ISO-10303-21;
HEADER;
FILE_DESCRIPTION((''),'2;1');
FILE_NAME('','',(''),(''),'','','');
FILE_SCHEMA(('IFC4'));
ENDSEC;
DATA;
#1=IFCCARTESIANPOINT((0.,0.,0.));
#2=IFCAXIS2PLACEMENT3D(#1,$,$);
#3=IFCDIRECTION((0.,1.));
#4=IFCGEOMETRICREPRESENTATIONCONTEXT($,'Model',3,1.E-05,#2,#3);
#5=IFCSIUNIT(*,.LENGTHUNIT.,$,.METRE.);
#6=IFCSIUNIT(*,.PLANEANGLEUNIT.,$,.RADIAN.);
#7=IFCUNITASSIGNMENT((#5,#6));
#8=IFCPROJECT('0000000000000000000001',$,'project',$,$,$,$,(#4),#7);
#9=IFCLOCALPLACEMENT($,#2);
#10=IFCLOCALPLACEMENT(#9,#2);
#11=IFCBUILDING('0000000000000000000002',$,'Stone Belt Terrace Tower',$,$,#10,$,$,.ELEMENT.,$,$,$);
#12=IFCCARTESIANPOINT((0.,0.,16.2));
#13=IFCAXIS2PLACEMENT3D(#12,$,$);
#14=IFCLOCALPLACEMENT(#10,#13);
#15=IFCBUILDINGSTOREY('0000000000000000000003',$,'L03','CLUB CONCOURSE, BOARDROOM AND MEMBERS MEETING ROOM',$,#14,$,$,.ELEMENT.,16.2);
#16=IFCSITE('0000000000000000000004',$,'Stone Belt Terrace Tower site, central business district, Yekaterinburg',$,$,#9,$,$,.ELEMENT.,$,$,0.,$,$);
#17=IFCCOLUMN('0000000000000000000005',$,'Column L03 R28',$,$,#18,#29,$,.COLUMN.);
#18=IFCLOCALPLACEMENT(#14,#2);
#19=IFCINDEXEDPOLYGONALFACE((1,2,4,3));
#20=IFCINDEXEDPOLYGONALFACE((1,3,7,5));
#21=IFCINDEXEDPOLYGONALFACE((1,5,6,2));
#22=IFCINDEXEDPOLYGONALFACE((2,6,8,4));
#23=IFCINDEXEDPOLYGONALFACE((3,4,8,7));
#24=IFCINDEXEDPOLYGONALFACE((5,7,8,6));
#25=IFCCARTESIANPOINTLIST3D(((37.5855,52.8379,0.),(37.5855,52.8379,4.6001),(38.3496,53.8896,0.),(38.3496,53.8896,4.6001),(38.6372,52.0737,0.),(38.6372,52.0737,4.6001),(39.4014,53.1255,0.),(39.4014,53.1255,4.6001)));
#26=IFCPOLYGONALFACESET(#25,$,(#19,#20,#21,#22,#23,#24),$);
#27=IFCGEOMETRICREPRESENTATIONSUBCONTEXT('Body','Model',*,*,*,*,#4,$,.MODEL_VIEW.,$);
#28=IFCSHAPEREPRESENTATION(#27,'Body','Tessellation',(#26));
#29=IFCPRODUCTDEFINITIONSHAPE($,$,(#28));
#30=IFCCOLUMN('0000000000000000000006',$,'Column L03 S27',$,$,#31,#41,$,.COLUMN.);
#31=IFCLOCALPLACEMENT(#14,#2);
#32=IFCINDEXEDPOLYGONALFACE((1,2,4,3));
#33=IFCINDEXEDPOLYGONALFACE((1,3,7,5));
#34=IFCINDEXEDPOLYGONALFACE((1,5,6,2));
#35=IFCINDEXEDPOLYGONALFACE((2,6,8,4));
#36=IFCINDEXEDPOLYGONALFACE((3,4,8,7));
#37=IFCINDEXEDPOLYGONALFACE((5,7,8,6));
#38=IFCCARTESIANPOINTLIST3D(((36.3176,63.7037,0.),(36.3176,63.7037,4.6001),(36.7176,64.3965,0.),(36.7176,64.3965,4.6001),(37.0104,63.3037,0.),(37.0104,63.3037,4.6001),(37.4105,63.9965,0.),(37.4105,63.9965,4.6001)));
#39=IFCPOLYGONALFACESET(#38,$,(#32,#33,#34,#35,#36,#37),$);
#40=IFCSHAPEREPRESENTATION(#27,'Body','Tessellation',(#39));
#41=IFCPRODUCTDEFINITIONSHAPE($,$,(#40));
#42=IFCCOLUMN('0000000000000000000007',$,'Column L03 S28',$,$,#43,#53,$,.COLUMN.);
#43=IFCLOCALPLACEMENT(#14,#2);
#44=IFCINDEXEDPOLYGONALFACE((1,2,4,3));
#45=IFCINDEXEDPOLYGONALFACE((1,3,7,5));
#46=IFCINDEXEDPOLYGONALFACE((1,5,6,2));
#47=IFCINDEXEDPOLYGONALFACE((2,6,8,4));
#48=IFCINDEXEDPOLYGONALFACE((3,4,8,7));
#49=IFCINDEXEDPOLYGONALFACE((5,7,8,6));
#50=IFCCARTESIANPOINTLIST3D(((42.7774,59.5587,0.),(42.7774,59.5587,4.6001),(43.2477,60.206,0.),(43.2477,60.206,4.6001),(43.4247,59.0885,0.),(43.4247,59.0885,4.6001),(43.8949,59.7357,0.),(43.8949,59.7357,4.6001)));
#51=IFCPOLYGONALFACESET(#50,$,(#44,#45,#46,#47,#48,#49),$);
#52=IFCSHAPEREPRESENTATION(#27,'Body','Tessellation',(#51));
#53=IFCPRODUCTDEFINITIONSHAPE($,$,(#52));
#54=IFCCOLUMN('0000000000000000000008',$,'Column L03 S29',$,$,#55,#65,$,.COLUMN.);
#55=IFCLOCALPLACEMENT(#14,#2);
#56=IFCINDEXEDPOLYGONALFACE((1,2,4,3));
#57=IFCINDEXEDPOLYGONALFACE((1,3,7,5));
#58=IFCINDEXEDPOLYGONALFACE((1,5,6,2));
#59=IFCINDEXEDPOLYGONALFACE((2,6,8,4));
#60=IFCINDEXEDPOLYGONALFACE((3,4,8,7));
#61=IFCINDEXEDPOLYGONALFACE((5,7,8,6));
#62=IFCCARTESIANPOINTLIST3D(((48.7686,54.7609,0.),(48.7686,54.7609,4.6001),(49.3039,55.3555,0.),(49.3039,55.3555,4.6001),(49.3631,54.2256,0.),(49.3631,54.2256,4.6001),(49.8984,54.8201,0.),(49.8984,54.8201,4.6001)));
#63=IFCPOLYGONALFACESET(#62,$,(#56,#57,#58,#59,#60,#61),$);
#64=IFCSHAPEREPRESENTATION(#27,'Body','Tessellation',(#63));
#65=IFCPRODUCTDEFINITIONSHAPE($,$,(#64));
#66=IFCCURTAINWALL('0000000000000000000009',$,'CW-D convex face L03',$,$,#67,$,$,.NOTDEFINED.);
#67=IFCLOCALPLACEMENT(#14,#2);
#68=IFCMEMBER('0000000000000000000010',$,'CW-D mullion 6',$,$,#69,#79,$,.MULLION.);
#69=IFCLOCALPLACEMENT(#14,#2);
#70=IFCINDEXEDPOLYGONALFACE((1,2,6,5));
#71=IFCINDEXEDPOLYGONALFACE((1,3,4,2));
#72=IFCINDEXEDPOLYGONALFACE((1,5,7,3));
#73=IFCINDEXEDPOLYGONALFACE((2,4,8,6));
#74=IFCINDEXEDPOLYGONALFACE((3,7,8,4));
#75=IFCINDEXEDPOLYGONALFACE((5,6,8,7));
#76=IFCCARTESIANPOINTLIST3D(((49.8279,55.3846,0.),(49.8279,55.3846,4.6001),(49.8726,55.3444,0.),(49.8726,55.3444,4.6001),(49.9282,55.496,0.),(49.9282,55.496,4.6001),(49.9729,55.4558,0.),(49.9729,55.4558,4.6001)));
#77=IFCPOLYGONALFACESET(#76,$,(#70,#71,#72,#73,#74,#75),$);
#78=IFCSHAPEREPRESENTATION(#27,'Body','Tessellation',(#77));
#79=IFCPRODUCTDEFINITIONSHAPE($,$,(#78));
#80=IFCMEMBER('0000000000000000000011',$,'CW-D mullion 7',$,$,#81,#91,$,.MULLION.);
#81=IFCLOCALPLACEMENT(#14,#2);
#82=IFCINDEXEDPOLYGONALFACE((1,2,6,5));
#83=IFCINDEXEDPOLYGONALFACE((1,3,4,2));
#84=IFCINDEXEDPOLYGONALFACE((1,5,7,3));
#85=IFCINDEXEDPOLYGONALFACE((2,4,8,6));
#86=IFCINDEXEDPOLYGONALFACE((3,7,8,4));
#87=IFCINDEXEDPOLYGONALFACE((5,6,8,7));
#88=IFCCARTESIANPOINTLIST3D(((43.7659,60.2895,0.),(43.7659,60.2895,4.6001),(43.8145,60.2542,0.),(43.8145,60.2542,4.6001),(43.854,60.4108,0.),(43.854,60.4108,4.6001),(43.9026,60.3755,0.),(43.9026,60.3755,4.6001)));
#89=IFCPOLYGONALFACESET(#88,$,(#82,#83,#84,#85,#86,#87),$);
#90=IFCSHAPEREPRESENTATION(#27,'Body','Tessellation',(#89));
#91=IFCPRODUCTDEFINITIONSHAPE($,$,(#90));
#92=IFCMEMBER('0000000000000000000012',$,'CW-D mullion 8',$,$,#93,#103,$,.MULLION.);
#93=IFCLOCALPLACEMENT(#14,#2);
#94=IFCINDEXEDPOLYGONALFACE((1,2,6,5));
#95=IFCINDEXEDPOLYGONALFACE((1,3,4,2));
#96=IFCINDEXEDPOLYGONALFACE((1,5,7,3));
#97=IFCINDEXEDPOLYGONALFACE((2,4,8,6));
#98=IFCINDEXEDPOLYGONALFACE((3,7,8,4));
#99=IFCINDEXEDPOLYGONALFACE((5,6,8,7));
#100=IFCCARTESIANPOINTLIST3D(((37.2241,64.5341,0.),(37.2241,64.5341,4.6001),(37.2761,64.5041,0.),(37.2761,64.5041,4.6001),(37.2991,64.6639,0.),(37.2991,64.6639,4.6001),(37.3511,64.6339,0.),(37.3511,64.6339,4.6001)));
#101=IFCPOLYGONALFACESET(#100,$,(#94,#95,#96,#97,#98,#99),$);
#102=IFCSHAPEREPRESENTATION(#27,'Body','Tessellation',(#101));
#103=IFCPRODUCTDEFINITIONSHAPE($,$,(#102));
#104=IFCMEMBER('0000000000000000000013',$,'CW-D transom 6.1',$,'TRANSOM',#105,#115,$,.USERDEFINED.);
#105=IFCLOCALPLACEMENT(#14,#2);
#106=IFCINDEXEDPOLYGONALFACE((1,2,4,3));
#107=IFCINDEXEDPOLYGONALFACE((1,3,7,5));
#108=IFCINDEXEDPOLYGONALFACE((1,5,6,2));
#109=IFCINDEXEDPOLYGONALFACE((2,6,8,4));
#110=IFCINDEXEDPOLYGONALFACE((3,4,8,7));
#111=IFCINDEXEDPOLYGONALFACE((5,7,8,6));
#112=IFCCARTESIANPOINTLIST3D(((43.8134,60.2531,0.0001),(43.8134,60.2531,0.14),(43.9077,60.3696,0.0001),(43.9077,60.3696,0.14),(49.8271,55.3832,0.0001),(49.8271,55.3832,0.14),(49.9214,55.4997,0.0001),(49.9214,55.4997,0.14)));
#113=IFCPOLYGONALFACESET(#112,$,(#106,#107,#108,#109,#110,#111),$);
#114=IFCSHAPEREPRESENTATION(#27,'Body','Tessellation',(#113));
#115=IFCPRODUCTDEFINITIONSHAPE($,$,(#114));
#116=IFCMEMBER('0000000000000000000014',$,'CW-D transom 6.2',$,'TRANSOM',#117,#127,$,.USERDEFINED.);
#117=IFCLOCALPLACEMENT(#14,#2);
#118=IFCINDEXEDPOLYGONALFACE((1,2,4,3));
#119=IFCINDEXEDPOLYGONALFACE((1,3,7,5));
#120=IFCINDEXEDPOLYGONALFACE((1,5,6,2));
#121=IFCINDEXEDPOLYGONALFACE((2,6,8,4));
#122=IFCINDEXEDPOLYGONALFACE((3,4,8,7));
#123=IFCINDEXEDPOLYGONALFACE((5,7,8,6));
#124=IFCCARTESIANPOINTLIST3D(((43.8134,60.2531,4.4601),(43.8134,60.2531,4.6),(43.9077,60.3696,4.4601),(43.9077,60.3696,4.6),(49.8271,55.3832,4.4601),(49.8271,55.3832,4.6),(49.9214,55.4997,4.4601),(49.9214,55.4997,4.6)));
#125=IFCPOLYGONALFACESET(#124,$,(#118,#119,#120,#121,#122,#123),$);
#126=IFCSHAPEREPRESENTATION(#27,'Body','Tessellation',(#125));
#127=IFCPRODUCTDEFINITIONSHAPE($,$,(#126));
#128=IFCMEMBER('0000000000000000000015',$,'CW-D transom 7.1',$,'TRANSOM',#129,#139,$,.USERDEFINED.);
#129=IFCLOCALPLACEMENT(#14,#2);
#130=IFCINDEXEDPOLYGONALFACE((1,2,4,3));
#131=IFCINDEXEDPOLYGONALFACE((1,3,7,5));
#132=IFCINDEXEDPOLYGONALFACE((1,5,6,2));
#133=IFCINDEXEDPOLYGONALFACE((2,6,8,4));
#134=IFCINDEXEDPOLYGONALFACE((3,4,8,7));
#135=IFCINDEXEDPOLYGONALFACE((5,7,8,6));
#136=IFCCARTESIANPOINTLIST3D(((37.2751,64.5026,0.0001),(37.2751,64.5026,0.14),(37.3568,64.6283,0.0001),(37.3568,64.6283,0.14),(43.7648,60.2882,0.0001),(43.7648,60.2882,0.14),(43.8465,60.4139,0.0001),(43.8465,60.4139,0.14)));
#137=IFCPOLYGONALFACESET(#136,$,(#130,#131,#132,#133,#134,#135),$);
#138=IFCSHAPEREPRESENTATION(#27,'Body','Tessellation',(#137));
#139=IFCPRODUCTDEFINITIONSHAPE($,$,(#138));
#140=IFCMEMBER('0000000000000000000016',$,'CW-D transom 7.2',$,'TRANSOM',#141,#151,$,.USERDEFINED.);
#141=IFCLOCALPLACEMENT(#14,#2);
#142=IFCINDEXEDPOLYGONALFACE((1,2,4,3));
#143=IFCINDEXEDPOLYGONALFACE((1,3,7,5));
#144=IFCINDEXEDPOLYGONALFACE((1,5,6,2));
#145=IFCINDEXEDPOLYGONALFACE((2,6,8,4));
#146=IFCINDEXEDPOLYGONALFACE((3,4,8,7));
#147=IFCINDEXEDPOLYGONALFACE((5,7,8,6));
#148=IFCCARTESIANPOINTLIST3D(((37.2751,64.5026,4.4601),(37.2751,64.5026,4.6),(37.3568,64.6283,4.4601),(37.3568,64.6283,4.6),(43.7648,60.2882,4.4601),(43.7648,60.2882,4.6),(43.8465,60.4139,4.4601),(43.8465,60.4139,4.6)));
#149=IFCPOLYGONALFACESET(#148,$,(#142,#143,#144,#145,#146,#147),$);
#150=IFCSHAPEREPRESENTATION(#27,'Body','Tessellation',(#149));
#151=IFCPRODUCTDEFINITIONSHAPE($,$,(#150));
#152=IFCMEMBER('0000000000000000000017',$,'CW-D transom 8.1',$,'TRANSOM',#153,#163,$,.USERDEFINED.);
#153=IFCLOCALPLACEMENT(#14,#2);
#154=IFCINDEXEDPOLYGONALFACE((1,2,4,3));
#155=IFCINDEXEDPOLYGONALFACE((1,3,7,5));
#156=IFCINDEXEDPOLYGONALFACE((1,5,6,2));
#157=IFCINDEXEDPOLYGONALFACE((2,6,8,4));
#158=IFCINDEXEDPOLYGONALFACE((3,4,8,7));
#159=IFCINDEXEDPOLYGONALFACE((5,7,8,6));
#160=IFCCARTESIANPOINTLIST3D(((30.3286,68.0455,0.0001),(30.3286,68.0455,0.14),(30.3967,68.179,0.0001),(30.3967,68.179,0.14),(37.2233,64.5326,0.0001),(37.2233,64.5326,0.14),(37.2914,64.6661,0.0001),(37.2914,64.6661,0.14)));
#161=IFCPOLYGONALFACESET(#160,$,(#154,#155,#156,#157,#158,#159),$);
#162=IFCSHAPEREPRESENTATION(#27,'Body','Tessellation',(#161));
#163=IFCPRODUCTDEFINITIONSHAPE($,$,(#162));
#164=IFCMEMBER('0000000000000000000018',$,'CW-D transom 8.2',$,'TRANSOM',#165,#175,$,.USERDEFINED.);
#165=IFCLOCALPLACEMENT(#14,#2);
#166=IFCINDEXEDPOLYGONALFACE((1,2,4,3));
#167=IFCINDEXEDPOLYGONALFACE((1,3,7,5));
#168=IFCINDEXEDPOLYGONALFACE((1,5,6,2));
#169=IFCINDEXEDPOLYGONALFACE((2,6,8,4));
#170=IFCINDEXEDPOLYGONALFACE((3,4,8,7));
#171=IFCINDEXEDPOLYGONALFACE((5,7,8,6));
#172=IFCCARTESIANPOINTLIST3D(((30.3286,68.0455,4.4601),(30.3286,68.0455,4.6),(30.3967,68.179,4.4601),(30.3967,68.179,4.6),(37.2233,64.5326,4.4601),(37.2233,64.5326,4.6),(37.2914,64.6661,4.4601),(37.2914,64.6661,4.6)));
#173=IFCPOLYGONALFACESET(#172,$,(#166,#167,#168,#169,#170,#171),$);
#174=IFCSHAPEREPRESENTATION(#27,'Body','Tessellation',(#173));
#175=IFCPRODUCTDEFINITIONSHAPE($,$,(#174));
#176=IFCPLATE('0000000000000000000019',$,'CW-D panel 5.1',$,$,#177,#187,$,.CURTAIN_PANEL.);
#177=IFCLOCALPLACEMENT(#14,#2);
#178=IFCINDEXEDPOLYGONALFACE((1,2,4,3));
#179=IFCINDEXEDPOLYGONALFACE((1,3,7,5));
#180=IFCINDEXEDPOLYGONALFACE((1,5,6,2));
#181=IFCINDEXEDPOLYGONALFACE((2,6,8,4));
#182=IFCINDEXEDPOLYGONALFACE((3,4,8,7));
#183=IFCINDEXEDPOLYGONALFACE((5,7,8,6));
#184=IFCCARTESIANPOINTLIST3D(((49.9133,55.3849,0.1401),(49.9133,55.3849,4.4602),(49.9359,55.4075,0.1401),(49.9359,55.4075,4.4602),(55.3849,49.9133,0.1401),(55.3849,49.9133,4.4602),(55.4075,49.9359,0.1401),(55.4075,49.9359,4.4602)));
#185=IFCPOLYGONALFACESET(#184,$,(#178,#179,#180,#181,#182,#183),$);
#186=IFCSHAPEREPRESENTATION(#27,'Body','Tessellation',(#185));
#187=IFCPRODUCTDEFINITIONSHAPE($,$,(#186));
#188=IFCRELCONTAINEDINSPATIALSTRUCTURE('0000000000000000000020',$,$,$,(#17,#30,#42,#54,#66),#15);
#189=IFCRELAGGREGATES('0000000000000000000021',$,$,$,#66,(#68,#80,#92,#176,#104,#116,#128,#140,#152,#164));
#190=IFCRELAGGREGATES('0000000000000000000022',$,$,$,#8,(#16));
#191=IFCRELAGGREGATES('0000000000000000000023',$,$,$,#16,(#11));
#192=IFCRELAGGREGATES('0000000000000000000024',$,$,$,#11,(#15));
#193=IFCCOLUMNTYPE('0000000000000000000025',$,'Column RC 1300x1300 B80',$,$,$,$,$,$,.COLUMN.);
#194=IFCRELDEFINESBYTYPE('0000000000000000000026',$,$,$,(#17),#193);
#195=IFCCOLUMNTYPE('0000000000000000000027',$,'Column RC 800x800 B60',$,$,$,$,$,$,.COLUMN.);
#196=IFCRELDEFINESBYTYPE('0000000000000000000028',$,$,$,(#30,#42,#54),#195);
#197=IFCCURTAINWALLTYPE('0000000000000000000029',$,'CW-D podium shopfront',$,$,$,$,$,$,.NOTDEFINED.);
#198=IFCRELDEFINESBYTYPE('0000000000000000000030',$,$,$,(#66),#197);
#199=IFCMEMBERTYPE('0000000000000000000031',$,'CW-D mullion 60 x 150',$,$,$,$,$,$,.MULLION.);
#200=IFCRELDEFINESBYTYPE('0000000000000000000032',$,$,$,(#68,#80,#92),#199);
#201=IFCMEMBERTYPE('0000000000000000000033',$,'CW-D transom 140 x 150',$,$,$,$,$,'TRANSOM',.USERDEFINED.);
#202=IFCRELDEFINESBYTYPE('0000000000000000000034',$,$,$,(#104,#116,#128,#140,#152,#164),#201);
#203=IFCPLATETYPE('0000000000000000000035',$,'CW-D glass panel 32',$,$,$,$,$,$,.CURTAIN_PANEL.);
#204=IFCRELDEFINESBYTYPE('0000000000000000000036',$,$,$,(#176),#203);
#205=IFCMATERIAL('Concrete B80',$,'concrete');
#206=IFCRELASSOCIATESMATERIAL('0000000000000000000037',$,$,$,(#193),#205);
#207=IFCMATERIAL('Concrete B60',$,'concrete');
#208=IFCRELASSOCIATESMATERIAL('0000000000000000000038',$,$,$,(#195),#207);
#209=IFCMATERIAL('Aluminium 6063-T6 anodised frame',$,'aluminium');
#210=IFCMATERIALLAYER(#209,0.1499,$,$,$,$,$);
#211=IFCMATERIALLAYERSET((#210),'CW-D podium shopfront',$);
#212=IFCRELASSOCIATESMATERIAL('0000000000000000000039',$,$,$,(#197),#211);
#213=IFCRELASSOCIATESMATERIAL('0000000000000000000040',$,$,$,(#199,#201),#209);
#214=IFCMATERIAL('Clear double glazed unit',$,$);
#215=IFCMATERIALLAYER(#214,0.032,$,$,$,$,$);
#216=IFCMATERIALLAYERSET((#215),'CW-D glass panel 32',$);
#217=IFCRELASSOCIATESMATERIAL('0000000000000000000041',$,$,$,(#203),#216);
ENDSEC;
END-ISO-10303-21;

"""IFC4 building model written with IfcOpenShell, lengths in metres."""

from ifc_helpers import new_model, si_unit, direction, frame, origin, origin_2d, place, context, subcontext, project, spatial, rectangle, extrude, material, layer, layer_set, material_profile, profile_set, type_object, element, aggregate, save


model = new_model("IFC4")

# Units and contexts
model_context = context("Model", 3, precision=1e-05, world=origin(), true_north=direction((0.0, 1.0)))
body_context = subcontext(model_context, "Body", "Model", "MODEL_VIEW")
ifc_project = project(units=[si_unit("LENGTHUNIT", "METRE"), si_unit("PLANEANGLEUNIT", "RADIAN")], contexts=[model_context])

# Site, building, storey
site_placement = place(None, origin())
site = spatial("IfcSite", under=ifc_project, at=site_placement, Name="Stone Belt Terrace Tower site, central business district, Yekaterinburg", CompositionType="ELEMENT", RefElevation=0.0)
building_placement = place(site_placement, origin())
building = spatial("IfcBuilding", under=site, at=building_placement, Name="Stone Belt Terrace Tower", CompositionType="ELEMENT")
storey_placement = place(building_placement, frame((0.0, 0.0, 16.2)))
storey = spatial("IfcBuildingStorey", under=building, at=storey_placement, Name="L03", Description="CLUB CONCOURSE, BOARDROOM AND MEMBERS MEETING ROOM", CompositionType="ELEMENT", Elevation=16.2)

# Columns
ifc_material_1 = material(Name="Concrete B80", Category="concrete")
ifc_material_profile_1 = material_profile(ifc_material_1, rectangle(XDim=1.3, YDim=1.3, at=origin_2d()), Name="RC 1300x1300")
ifc_profile_set_1 = profile_set([ifc_material_profile_1], Name="Concrete B80")
column_type_1 = type_object("IfcColumnType", Name="Column RC 1300x1300 B80", PredefinedType="COLUMN", material=ifc_profile_set_1)
column_placement = place(storey_placement, frame((38.4934, 52.9817, 0.0), z_axis=(0.0, 0.0, 1.0), x_axis=(0.809017, -0.587785, 0.0)))
element("IfcColumn", 1, at=column_placement, inside=storey, type_object=column_type_1, Name="Column L03 R28", PredefinedType="COLUMN", context=body_context, shape_type="SweptSolid", body=[
    extrude(rectangle(XDim=1.3, YDim=1.3, at=origin_2d()), origin(), (0.0, 0.0, 1.0), 4.6001),
])
ifc_material_2 = material(Name="Concrete B60", Category="concrete")
ifc_material_profile_2 = material_profile(ifc_material_2, rectangle(XDim=0.8, YDim=0.8, at=origin_2d()), Name="RC 800x800")
ifc_profile_set_2 = profile_set([ifc_material_profile_2], Name="Concrete B60")
column_type_2 = type_object("IfcColumnType", Name="Column RC 800x800 B60", PredefinedType="COLUMN", material=ifc_profile_set_2)
for number, where, z_axis, x_axis, name in (
    (2, (36.864, 63.8501, 0.0), (0.0, 0.0, 1.0), (0.866025, -0.5, 0.0), "Column L03 S27"),
    (3, (43.3362, 59.6472, 0.0), (0.0, 0.0, 1.0), (0.809017, -0.587785, 0.0), "Column L03 S28"),
    (4, (49.3335, 54.7905, 0.0), (0.0, 0.0, 1.0), (0.743145, -0.669131, 0.0), "Column L03 S29"),
):
    element("IfcColumn", number, at=place(storey_placement, frame(where, z_axis=z_axis, x_axis=x_axis)), inside=storey, type_object=column_type_2, Name=name, PredefinedType="COLUMN", context=body_context, shape_type="SweptSolid", body=[
        extrude(rectangle(XDim=0.8, YDim=0.8, at=origin_2d()), origin(), (0.0, 0.0, 1.0), 4.6001),
    ])

# Curtain wall, members, plate
ifc_material_3 = material(Name="Aluminium 6063-T6 anodised frame", Category="aluminium")
ifc_layer_1 = layer(ifc_material_3, 0.1499)
ifc_layer_set_1 = layer_set([ifc_layer_1], Name="CW-D podium shopfront")
curtain_wall_type = type_object("IfcCurtainWallType", Name="CW-D podium shopfront", PredefinedType="NOTDEFINED", material=ifc_layer_set_1)
curtain_wall_placement = place(storey_placement, origin())
curtain_wall = element("IfcCurtainWall", 5, at=curtain_wall_placement, inside=storey, type_object=curtain_wall_type, Name="CW-D convex face L03", PredefinedType="NOTDEFINED")
ifc_material_profile_3 = material_profile(ifc_material_3, rectangle(XDim=0.1499, YDim=0.0601, at=origin_2d()), Name="Aluminium 6063-T6 60x150")
ifc_profile_set_3 = profile_set([ifc_material_profile_3], Name="Aluminium 6063-T6 anodised frame")
member_type_1 = type_object("IfcMemberType", Name="CW-D mullion 60 x 150", PredefinedType="MULLION", material=ifc_profile_set_3)
member_1_placement = place(storey_placement, frame((49.9004, 55.4202, 0.0), z_axis=(0.0, 0.0, 1.0), x_axis=(-0.669131, -0.743145, 0.0)))
member_1 = element("IfcMember", 6, at=member_1_placement, type_object=member_type_1, Name="CW-D mullion 6", PredefinedType="MULLION", context=body_context, shape_type="SweptSolid", body=[
    extrude(rectangle(XDim=0.1499, YDim=0.0601, at=origin_2d()), origin(), (0.0, 0.0, 1.0), 4.6001),
])
member_2_placement = place(storey_placement, frame((43.8342, 60.3325, 0.0), z_axis=(0.0, 0.0, 1.0), x_axis=(-0.587785, -0.809017, 0.0)))
member_2 = element("IfcMember", 7, at=member_2_placement, type_object=member_type_1, Name="CW-D mullion 7", PredefinedType="MULLION", context=body_context, shape_type="SweptSolid", body=[
    extrude(rectangle(XDim=0.1499, YDim=0.0601, at=origin_2d()), origin(), (0.0, 0.0, 1.0), 4.6001),
])
member_3_placement = place(storey_placement, frame((37.2876, 64.584, 0.0), z_axis=(0.0, 0.0, 1.0), x_axis=(-0.5, -0.866025, 0.0)))
member_3 = element("IfcMember", 8, at=member_3_placement, type_object=member_type_1, Name="CW-D mullion 8", PredefinedType="MULLION", context=body_context, shape_type="SweptSolid", body=[
    extrude(rectangle(XDim=0.1499, YDim=0.0601, at=origin_2d()), origin(), (0.0, 0.0, 1.0), 4.6001),
])
ifc_material_profile_4 = material_profile(ifc_material_3, rectangle(XDim=0.1499, YDim=0.1399, at=origin_2d()), Name="Aluminium 6063-T6 150x140")
ifc_profile_set_4 = profile_set([ifc_material_profile_4], Name="Aluminium 6063-T6 anodised frame")
member_type_2 = type_object("IfcMemberType", Name="CW-D transom 140 x 150", ElementType="TRANSOM", PredefinedType="USERDEFINED", material=ifc_profile_set_4)
member_4_placement = place(storey_placement, frame((49.8743, 55.4414, 0.0701), z_axis=(-0.77714, 0.629328, 0.0), x_axis=(-0.629328, -0.77714, 0.0)))
member_4 = element("IfcMember", 9, at=member_4_placement, type_object=member_type_2, Name="CW-D transom 6.1", ObjectType="TRANSOM", PredefinedType="USERDEFINED", context=body_context, shape_type="SweptSolid", body=[
    extrude(rectangle(XDim=0.1499, YDim=0.1399, at=origin_2d()), origin(), (0.0, 0.0, 1.0), 7.7383),
])
member_5_placement = place(storey_placement, frame((49.8743, 55.4414, 4.53), z_axis=(-0.77714, 0.629328, 0.0), x_axis=(-0.629328, -0.77714, 0.0)))
member_5 = element("IfcMember", 10, at=member_5_placement, type_object=member_type_2, Name="CW-D transom 6.2", ObjectType="TRANSOM", PredefinedType="USERDEFINED", context=body_context, shape_type="SweptSolid", body=[
    extrude(rectangle(XDim=0.1499, YDim=0.1399, at=origin_2d()), origin(), (0.0, 0.0, 1.0), 7.7383),
])
member_6_placement = place(storey_placement, frame((43.8057, 60.3511, 0.0701), z_axis=(-0.838679, 0.544627, 0.0), x_axis=(-0.544627, -0.838679, 0.0)))
member_6 = element("IfcMember", 11, at=member_6_placement, type_object=member_type_2, Name="CW-D transom 7.1", ObjectType="TRANSOM", PredefinedType="USERDEFINED", context=body_context, shape_type="SweptSolid", body=[
    extrude(rectangle(XDim=0.1499, YDim=0.1399, at=origin_2d()), origin(), (0.0, 0.0, 1.0), 7.738),
])
member_7_placement = place(storey_placement, frame((43.8057, 60.3511, 4.53), z_axis=(-0.838679, 0.544627, 0.0), x_axis=(-0.544627, -0.838679, 0.0)))
member_7 = element("IfcMember", 12, at=member_7_placement, type_object=member_type_2, Name="CW-D transom 7.2", ObjectType="TRANSOM", PredefinedType="USERDEFINED", context=body_context, shape_type="SweptSolid", body=[
    extrude(rectangle(XDim=0.1499, YDim=0.1399, at=origin_2d()), origin(), (0.0, 0.0, 1.0), 7.738),
])
member_8_placement = place(storey_placement, frame((37.2573, 64.5994, 0.0701), z_axis=(-0.891013, 0.453978, 0.0), x_axis=(-0.453978, -0.891013, 0.0)))
member_8 = element("IfcMember", 13, at=member_8_placement, type_object=member_type_2, Name="CW-D transom 8.1", ObjectType="TRANSOM", PredefinedType="USERDEFINED", context=body_context, shape_type="SweptSolid", body=[
    extrude(rectangle(XDim=0.1499, YDim=0.1399, at=origin_2d()), origin(), (0.0, 0.0, 1.0), 7.738),
])
member_9_placement = place(storey_placement, frame((37.2573, 64.5994, 4.53), z_axis=(-0.891013, 0.453978, 0.0), x_axis=(-0.453978, -0.891013, 0.0)))
member_9 = element("IfcMember", 14, at=member_9_placement, type_object=member_type_2, Name="CW-D transom 8.2", ObjectType="TRANSOM", PredefinedType="USERDEFINED", context=body_context, shape_type="SweptSolid", body=[
    extrude(rectangle(XDim=0.1499, YDim=0.1399, at=origin_2d()), origin(), (0.0, 0.0, 1.0), 7.738),
])
ifc_material_4 = material(Name="Clear double glazed unit")
ifc_layer_2 = layer(ifc_material_4, 0.032)
ifc_layer_set_2 = layer_set([ifc_layer_2], Name="CW-D glass panel 32")
plate_type = type_object("IfcPlateType", Name="CW-D glass panel 32", PredefinedType="CURTAIN_PANEL", material=ifc_layer_set_2)
plate_1_placement = place(storey_placement, frame((52.6604, 52.6604, 0.1401), z_axis=(0.0, 0.0, 1.0), x_axis=(-0.707107, 0.707107, 0.0)))
plate_1 = element("IfcPlate", 15, at=plate_1_placement, type_object=plate_type, Name="CW-D panel 5.1", PredefinedType="CURTAIN_PANEL", context=body_context, shape_type="SweptSolid", body=[
    extrude(rectangle(XDim=7.738, YDim=0.032, at=origin_2d()), origin(), (0.0, 0.0, 1.0), 4.3201),
])
aggregate(curtain_wall, [member_1, member_2, member_3, plate_1, member_4, member_5, member_6, member_7, member_8, member_9])

save(model, "model.ifc")
